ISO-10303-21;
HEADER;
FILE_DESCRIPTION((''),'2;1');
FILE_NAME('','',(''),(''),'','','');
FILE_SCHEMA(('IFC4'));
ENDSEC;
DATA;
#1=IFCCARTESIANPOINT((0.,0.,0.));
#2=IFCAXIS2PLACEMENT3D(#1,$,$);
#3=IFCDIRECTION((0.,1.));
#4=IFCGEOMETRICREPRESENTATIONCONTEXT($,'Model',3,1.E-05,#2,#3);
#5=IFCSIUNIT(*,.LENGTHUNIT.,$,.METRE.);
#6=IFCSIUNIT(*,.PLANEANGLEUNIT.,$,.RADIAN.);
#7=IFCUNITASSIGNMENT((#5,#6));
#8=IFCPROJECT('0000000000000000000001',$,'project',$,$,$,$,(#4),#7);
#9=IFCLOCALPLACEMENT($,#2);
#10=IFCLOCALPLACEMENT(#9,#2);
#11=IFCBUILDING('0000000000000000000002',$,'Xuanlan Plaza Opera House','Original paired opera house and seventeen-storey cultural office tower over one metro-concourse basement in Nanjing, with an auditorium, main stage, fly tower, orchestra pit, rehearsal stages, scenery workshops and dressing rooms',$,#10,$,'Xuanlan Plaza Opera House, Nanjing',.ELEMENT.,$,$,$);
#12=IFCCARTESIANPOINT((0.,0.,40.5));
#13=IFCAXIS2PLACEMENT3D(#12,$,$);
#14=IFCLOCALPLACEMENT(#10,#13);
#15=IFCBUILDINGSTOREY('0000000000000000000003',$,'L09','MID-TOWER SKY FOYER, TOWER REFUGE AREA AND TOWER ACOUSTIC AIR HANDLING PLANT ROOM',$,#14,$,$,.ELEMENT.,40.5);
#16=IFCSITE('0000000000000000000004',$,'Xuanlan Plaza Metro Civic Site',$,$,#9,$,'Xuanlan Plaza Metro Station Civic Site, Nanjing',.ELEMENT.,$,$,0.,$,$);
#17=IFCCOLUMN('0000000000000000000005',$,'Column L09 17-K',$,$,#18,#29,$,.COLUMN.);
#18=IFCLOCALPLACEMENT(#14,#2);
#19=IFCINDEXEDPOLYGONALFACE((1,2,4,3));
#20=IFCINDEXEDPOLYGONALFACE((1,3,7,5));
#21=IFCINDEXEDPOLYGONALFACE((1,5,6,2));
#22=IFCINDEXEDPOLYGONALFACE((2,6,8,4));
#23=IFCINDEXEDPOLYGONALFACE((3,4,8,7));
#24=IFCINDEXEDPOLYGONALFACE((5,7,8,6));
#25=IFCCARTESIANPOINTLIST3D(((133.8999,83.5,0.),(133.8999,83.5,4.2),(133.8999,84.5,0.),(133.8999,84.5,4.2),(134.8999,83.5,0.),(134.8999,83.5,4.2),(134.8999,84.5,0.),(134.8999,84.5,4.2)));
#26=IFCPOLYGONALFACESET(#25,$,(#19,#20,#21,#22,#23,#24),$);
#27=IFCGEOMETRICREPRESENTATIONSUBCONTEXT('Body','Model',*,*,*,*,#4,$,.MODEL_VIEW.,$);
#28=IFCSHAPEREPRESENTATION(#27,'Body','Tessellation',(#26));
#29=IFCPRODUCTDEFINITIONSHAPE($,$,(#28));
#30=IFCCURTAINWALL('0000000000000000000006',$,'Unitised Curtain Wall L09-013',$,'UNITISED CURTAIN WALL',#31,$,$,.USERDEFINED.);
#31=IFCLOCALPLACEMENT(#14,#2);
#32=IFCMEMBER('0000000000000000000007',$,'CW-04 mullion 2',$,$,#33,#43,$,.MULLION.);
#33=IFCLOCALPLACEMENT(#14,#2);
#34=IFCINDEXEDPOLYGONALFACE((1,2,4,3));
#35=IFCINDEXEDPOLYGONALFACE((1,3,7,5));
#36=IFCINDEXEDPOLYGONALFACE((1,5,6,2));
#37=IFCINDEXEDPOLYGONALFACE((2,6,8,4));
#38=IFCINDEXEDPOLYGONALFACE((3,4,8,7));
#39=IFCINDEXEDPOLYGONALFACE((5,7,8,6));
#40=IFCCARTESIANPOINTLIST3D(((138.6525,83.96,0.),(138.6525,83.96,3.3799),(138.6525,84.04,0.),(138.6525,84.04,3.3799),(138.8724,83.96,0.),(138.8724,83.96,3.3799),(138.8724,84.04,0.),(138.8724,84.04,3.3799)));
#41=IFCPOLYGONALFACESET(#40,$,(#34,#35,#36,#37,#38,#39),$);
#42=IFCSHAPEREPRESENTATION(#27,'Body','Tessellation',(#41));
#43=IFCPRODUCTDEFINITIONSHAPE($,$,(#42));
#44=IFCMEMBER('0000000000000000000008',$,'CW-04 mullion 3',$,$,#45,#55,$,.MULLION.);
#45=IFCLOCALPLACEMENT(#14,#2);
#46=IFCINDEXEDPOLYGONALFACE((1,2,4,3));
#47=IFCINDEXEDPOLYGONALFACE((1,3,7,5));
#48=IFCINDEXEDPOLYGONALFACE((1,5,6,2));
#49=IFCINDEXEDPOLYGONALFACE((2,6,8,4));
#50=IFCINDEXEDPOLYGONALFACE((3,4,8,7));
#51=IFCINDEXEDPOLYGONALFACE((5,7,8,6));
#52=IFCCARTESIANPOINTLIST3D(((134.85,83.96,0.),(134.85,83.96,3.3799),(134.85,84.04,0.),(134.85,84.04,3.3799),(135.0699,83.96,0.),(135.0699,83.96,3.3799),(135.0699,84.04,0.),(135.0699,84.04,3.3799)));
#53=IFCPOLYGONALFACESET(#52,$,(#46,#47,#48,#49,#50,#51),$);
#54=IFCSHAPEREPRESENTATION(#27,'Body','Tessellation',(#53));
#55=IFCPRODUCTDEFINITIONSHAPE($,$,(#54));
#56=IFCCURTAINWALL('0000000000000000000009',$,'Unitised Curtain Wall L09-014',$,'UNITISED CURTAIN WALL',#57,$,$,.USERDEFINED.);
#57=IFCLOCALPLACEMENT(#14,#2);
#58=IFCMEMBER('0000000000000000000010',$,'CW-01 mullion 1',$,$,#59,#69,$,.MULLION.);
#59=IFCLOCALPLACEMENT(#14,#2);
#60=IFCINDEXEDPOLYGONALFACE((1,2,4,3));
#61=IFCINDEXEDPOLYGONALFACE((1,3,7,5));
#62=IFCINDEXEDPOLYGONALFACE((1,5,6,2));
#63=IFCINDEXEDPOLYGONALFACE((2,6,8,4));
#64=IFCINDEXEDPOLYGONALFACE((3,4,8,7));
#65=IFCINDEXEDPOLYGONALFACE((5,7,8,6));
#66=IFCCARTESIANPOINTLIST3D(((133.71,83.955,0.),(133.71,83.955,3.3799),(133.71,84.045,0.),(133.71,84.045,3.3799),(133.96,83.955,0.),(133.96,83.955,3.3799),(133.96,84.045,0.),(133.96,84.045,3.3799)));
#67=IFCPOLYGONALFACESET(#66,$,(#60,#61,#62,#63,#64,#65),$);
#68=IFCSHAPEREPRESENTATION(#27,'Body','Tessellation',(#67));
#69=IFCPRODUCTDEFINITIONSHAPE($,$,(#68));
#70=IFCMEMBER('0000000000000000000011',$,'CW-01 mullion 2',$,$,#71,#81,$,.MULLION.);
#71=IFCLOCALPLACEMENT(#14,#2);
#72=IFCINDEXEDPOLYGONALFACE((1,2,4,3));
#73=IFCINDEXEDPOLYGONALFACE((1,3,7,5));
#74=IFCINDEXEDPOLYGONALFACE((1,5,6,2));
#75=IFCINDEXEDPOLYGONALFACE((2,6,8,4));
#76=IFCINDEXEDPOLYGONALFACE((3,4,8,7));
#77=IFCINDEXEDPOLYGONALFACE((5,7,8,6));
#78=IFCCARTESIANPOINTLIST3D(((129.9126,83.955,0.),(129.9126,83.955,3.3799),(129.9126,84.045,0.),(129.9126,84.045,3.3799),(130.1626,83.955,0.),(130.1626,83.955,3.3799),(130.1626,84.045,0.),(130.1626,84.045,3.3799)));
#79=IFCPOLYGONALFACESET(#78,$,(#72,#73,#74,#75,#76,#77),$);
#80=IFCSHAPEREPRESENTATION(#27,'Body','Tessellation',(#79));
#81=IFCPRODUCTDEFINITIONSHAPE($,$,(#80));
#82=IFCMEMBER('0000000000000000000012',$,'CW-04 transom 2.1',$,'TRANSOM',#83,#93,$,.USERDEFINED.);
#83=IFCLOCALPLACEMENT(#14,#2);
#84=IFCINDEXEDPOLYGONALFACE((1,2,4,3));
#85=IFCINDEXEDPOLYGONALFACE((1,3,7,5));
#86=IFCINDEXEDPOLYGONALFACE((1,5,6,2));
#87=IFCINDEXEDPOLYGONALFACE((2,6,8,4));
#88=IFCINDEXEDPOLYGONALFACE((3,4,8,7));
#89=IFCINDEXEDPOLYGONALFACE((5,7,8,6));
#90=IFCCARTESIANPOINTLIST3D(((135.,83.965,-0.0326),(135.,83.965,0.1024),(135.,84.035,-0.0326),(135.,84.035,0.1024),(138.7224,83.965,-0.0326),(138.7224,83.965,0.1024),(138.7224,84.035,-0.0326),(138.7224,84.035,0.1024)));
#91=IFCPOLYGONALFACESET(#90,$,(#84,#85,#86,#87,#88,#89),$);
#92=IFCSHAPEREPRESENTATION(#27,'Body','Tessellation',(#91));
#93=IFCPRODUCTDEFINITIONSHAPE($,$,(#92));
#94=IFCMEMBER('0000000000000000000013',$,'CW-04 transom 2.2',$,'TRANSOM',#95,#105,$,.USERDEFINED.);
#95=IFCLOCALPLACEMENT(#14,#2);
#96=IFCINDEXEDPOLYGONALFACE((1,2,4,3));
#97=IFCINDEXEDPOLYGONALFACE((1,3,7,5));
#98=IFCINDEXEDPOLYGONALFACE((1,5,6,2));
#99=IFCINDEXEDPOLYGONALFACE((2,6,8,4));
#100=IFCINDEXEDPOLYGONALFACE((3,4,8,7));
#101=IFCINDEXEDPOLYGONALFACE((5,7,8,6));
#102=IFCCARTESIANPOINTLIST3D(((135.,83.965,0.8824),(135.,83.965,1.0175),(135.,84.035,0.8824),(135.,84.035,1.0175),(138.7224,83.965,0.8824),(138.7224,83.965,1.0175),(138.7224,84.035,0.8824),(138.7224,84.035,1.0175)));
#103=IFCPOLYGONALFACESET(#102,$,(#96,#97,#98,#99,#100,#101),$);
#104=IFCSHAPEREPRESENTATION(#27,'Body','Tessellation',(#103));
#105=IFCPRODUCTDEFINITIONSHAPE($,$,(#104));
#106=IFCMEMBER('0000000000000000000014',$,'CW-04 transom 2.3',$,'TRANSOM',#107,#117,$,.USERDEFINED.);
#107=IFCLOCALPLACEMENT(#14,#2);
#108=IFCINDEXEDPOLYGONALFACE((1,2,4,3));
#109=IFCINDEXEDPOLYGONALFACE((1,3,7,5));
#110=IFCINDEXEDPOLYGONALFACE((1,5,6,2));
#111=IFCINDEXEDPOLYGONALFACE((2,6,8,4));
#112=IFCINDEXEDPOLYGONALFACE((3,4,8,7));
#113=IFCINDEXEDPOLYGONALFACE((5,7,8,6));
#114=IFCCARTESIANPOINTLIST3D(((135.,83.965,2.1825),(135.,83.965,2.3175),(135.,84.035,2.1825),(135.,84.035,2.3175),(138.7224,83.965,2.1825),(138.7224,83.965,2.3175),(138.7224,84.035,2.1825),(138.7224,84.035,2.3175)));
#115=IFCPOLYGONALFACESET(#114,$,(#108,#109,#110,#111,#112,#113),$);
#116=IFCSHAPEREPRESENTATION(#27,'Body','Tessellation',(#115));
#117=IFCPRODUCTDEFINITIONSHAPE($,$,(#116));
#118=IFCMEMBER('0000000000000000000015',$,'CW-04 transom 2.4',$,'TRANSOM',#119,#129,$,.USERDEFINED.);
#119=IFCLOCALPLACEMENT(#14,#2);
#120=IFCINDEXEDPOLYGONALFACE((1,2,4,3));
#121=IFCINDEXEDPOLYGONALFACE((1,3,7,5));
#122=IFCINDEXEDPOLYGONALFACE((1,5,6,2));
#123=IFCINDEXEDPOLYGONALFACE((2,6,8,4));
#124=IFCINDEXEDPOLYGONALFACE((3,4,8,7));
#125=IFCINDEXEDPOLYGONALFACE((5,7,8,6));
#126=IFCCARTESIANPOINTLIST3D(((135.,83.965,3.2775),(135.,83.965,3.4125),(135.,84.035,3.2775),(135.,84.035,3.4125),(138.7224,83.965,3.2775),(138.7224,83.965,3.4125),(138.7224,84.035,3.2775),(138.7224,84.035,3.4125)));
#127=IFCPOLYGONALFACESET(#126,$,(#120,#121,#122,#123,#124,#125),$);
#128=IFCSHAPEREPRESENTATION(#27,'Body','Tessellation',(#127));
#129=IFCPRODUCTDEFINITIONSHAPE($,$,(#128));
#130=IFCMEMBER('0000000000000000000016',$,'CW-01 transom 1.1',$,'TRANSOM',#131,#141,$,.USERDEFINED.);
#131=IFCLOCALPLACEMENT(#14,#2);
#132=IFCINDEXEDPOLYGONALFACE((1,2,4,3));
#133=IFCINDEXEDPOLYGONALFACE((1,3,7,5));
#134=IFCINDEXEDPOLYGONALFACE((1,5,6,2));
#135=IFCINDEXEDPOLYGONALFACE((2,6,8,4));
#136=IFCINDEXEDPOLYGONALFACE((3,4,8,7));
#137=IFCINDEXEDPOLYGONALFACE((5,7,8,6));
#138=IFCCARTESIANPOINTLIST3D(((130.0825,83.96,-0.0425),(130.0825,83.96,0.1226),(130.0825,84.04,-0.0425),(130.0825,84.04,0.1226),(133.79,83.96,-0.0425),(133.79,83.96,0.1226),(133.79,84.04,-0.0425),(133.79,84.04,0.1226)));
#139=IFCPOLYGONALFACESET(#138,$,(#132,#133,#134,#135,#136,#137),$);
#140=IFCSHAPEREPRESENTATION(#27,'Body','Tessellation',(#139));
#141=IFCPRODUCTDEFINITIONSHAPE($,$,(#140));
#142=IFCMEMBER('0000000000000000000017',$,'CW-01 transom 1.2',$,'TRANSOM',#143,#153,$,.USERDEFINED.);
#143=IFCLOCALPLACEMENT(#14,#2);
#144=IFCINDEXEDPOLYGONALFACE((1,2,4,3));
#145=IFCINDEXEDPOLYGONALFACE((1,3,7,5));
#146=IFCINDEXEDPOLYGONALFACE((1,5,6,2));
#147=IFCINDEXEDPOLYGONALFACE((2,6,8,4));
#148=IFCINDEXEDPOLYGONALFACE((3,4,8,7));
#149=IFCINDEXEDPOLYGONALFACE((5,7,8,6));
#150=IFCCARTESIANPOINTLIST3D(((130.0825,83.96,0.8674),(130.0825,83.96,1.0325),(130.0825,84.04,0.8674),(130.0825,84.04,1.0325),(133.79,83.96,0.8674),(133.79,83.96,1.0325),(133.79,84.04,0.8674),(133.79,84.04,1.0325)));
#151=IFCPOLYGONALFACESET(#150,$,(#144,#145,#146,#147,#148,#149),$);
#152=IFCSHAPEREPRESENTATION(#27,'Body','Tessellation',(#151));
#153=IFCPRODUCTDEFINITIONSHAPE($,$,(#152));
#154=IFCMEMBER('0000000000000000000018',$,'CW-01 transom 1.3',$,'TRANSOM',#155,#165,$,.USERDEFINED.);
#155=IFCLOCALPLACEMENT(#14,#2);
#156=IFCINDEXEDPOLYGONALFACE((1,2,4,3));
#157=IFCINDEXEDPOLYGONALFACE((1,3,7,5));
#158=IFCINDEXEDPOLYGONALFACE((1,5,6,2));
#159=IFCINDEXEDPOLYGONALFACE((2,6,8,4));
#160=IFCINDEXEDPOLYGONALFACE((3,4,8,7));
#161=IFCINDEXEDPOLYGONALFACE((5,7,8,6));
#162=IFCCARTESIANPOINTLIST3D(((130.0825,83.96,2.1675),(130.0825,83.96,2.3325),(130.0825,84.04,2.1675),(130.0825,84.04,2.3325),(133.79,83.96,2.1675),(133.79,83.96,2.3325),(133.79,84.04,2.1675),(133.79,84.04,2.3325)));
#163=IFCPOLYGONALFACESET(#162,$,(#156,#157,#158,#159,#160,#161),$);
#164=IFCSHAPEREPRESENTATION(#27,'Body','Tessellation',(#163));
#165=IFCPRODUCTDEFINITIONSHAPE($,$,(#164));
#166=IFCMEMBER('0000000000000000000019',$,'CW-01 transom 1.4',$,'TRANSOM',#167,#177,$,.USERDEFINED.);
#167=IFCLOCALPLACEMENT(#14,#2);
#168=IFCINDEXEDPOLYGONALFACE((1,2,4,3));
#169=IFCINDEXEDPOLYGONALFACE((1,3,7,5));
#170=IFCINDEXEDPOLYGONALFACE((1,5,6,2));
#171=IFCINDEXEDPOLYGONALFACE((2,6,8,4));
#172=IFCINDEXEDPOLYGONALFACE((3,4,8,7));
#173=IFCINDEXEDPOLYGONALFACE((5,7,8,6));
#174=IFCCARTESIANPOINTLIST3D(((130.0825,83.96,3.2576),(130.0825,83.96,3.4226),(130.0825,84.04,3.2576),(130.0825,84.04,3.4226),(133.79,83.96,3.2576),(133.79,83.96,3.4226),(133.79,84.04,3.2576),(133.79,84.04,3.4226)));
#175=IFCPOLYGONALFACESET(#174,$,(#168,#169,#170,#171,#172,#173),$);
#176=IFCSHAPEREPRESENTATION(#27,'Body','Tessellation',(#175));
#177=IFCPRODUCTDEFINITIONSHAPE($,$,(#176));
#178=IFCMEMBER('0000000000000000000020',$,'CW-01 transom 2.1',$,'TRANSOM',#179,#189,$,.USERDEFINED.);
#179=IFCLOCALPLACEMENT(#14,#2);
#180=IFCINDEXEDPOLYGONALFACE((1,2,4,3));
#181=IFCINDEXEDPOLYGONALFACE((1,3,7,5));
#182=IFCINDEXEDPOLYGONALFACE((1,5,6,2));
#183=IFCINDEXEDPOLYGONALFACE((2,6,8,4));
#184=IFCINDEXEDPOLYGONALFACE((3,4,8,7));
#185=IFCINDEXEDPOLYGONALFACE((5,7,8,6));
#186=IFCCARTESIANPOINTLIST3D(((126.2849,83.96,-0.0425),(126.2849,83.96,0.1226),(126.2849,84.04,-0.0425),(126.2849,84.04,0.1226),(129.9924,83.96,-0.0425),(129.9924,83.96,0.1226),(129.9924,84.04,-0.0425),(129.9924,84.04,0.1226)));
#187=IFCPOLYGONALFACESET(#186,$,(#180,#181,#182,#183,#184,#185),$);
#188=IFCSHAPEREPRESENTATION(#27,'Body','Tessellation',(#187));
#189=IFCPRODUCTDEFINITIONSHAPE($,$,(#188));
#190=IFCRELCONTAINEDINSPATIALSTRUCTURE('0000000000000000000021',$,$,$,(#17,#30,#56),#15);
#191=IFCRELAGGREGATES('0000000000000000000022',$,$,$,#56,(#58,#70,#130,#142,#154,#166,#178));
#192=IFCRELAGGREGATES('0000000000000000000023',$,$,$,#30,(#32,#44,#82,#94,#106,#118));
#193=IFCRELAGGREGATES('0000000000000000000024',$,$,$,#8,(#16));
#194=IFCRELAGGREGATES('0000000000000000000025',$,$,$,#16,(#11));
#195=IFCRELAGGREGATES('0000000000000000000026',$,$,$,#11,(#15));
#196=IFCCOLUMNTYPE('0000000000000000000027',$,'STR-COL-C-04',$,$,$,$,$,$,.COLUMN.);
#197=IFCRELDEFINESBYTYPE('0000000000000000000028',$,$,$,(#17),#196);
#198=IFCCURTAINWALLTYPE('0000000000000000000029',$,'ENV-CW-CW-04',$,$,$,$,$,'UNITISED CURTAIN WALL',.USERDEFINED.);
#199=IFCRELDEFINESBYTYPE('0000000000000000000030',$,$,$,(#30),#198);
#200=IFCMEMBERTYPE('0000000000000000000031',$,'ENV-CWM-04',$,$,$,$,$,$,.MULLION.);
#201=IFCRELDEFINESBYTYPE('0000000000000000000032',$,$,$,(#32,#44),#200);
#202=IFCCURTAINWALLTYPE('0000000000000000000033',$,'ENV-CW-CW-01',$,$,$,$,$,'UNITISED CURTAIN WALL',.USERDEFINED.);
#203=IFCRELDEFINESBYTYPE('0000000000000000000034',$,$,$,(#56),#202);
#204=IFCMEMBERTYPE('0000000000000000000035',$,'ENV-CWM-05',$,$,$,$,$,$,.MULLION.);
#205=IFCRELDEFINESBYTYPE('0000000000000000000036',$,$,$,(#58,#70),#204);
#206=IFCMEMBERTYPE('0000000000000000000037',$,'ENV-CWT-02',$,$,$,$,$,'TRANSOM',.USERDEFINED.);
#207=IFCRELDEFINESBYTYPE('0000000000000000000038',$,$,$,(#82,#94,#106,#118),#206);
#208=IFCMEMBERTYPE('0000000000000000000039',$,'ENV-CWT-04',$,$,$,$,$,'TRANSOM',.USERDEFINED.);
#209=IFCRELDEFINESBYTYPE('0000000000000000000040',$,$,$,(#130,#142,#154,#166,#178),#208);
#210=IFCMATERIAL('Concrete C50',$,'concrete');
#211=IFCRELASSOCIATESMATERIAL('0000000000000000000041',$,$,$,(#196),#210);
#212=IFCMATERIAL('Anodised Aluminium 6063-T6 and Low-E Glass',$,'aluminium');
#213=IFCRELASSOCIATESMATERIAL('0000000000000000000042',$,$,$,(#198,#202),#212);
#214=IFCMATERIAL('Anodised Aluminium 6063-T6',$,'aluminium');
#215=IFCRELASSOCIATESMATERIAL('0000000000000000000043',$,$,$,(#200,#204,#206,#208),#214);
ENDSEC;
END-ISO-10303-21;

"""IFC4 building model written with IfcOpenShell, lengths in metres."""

from ifc_helpers import new_model, si_unit, direction, frame, origin, origin_2d, place, context, subcontext, project, spatial, rectangle, extrude, material, material_profile, profile_set, type_object, element, aggregate, save


model = new_model("IFC4")

# Units and contexts
model_context = context("Model", 3, precision=1e-05, world=origin(), true_north=direction((0.0, 1.0)))
body_context = subcontext(model_context, "Body", "Model", "MODEL_VIEW")
ifc_project = project(units=[si_unit("LENGTHUNIT", "METRE"), si_unit("PLANEANGLEUNIT", "RADIAN")], contexts=[model_context])

# Site, building, storey
site_placement = place(None, origin())
site = spatial("IfcSite", under=ifc_project, at=site_placement, Name="Xuanlan Plaza Metro Civic Site", LongName="Xuanlan Plaza Metro Station Civic Site, Nanjing", CompositionType="ELEMENT", RefElevation=0.0)
building_placement = place(site_placement, origin())
building = spatial("IfcBuilding", under=site, at=building_placement, Name="Xuanlan Plaza Opera House", Description="Original paired opera house and seventeen-storey cultural office tower over one metro-concourse basement in Nanjing, with an auditorium, main stage, fly tower, orchestra pit, rehearsal stages, scenery workshops and dressing rooms", LongName="Xuanlan Plaza Opera House, Nanjing", CompositionType="ELEMENT")
storey_placement = place(building_placement, frame((0.0, 0.0, 40.5)))
storey = spatial("IfcBuildingStorey", under=building, at=storey_placement, Name="L09", Description="MID-TOWER SKY FOYER, TOWER REFUGE AREA AND TOWER ACOUSTIC AIR HANDLING PLANT ROOM", CompositionType="ELEMENT", Elevation=40.5)

# Column
ifc_material_1 = material(Name="Concrete C50", Category="concrete")
ifc_material_profile_1 = material_profile(ifc_material_1, rectangle(XDim=1.0, YDim=1.0, at=origin_2d()), Name="RC-COL 1000x1000")
ifc_profile_set_1 = profile_set([ifc_material_profile_1], Name="Concrete C50")
column_type = type_object("IfcColumnType", Name="STR-COL-C-04", PredefinedType="COLUMN", material=ifc_profile_set_1)
column_placement = place(storey_placement, frame((134.3999, 84.0, 0.0), z_axis=(0.0, 0.0, 1.0), x_axis=(1.0, 0.0, 0.0)))
element("IfcColumn", 1, at=column_placement, inside=storey, type_object=column_type, Name="Column L09 17-K", PredefinedType="COLUMN", context=body_context, shape_type="SweptSolid", body=[
    extrude(rectangle(XDim=1.0, YDim=1.0, at=origin_2d()), origin(), (0.0, 0.0, 1.0), 4.2),
])

# Curtain walls, members
ifc_material_2 = material(Name="Anodised Aluminium 6063-T6 and Low-E Glass", Category="aluminium")
curtain_wall_type_1 = type_object("IfcCurtainWallType", Name="ENV-CW-CW-04", ElementType="UNITISED CURTAIN WALL", PredefinedType="USERDEFINED", material=ifc_material_2)
curtain_wall_1_placement = place(storey_placement, origin())
curtain_wall_1 = element("IfcCurtainWall", 2, at=curtain_wall_1_placement, inside=storey, type_object=curtain_wall_type_1, Name="Unitised Curtain Wall L09-013", ObjectType="UNITISED CURTAIN WALL", PredefinedType="USERDEFINED")
ifc_material_3 = material(Name="Anodised Aluminium 6063-T6", Category="aluminium")
ifc_material_profile_2 = material_profile(ifc_material_3, rectangle(XDim=0.0801, YDim=0.22, at=origin_2d()), Name="ALU-M 80x220")
ifc_profile_set_2 = profile_set([ifc_material_profile_2], Name="Anodised Aluminium 6063-T6")
member_type_1 = type_object("IfcMemberType", Name="ENV-CWM-04", PredefinedType="MULLION", material=ifc_profile_set_2)
member_1_placement = place(storey_placement, frame((138.7625, 84.0, 0.0), z_axis=(0.0, 0.0, 1.0), x_axis=(0.0, -1.0, 0.0)))
member_1 = element("IfcMember", 3, at=member_1_placement, type_object=member_type_1, Name="CW-04 mullion 2", PredefinedType="MULLION", context=body_context, shape_type="SweptSolid", body=[
    extrude(rectangle(XDim=0.0801, YDim=0.22, at=origin_2d()), origin(), (0.0, 0.0, 1.0), 3.3799),
])
member_2_placement = place(storey_placement, frame((134.96, 84.0, 0.0), z_axis=(0.0, 0.0, 1.0), x_axis=(0.0, -1.0, 0.0)))
member_2 = element("IfcMember", 4, at=member_2_placement, type_object=member_type_1, Name="CW-04 mullion 3", PredefinedType="MULLION", context=body_context, shape_type="SweptSolid", body=[
    extrude(rectangle(XDim=0.0801, YDim=0.22, at=origin_2d()), origin(), (0.0, 0.0, 1.0), 3.3799),
])
curtain_wall_type_2 = type_object("IfcCurtainWallType", Name="ENV-CW-CW-01", ElementType="UNITISED CURTAIN WALL", PredefinedType="USERDEFINED", material=ifc_material_2)
curtain_wall_2_placement = place(storey_placement, origin())
curtain_wall_2 = element("IfcCurtainWall", 5, at=curtain_wall_2_placement, inside=storey, type_object=curtain_wall_type_2, Name="Unitised Curtain Wall L09-014", ObjectType="UNITISED CURTAIN WALL", PredefinedType="USERDEFINED")
ifc_material_profile_3 = material_profile(ifc_material_3, rectangle(XDim=0.0901, YDim=0.25, at=origin_2d()), Name="ALU-M 90x250")
ifc_profile_set_3 = profile_set([ifc_material_profile_3], Name="Anodised Aluminium 6063-T6")
member_type_2 = type_object("IfcMemberType", Name="ENV-CWM-05", PredefinedType="MULLION", material=ifc_profile_set_3)
member_3_placement = place(storey_placement, frame((133.835, 84.0, 0.0), z_axis=(0.0, 0.0, 1.0), x_axis=(0.0, -1.0, 0.0)))
member_3 = element("IfcMember", 6, at=member_3_placement, type_object=member_type_2, Name="CW-01 mullion 1", PredefinedType="MULLION", context=body_context, shape_type="SweptSolid", body=[
    extrude(rectangle(XDim=0.0901, YDim=0.25, at=origin_2d()), origin(), (0.0, 0.0, 1.0), 3.3799),
])
member_4_placement = place(storey_placement, frame((130.0376, 84.0, 0.0), z_axis=(0.0, 0.0, 1.0), x_axis=(0.0, -1.0, 0.0)))
member_4 = element("IfcMember", 7, at=member_4_placement, type_object=member_type_2, Name="CW-01 mullion 2", PredefinedType="MULLION", context=body_context, shape_type="SweptSolid", body=[
    extrude(rectangle(XDim=0.0901, YDim=0.25, at=origin_2d()), origin(), (0.0, 0.0, 1.0), 3.3799),
])

# Members
ifc_material_profile_4 = material_profile(ifc_material_3, rectangle(XDim=0.0701, YDim=0.135, at=origin_2d()), Name="ALU-T 70x135")
ifc_profile_set_4 = profile_set([ifc_material_profile_4], Name="Anodised Aluminium 6063-T6")
member_type_3 = type_object("IfcMemberType", Name="ENV-CWT-02", ElementType="TRANSOM", PredefinedType="USERDEFINED", material=ifc_profile_set_4)
member_5_placement = place(storey_placement, frame((138.7224, 84.0, 0.0349), z_axis=(-1.0, 0.0, 0.0), x_axis=(0.0, -1.0, 0.0)))
member_5 = element("IfcMember", 8, at=member_5_placement, type_object=member_type_3, Name="CW-04 transom 2.1", ObjectType="TRANSOM", PredefinedType="USERDEFINED", context=body_context, shape_type="SweptSolid", body=[
    extrude(rectangle(XDim=0.0701, YDim=0.135, at=origin_2d()), origin(), (0.0, 0.0, 1.0), 3.7224),
])
member_6_placement = place(storey_placement, frame((138.7224, 84.0, 0.95), z_axis=(-1.0, 0.0, 0.0), x_axis=(0.0, -1.0, 0.0)))
member_6 = element("IfcMember", 9, at=member_6_placement, type_object=member_type_3, Name="CW-04 transom 2.2", ObjectType="TRANSOM", PredefinedType="USERDEFINED", context=body_context, shape_type="SweptSolid", body=[
    extrude(rectangle(XDim=0.0701, YDim=0.135, at=origin_2d()), origin(), (0.0, 0.0, 1.0), 3.7224),
])
member_7_placement = place(storey_placement, frame((138.7224, 84.0, 2.25), z_axis=(-1.0, 0.0, 0.0), x_axis=(0.0, -1.0, 0.0)))
member_7 = element("IfcMember", 10, at=member_7_placement, type_object=member_type_3, Name="CW-04 transom 2.3", ObjectType="TRANSOM", PredefinedType="USERDEFINED", context=body_context, shape_type="SweptSolid", body=[
    extrude(rectangle(XDim=0.0701, YDim=0.135, at=origin_2d()), origin(), (0.0, 0.0, 1.0), 3.7224),
])
member_8_placement = place(storey_placement, frame((138.7224, 84.0, 3.345), z_axis=(-1.0, 0.0, 0.0), x_axis=(0.0, -1.0, 0.0)))
member_8 = element("IfcMember", 11, at=member_8_placement, type_object=member_type_3, Name="CW-04 transom 2.4", ObjectType="TRANSOM", PredefinedType="USERDEFINED", context=body_context, shape_type="SweptSolid", body=[
    extrude(rectangle(XDim=0.0701, YDim=0.135, at=origin_2d()), origin(), (0.0, 0.0, 1.0), 3.7224),
])
ifc_material_profile_5 = material_profile(ifc_material_3, rectangle(XDim=0.0801, YDim=0.165, at=origin_2d()), Name="ALU-T 80x165")
ifc_profile_set_5 = profile_set([ifc_material_profile_5], Name="Anodised Aluminium 6063-T6")
member_type_4 = type_object("IfcMemberType", Name="ENV-CWT-04", ElementType="TRANSOM", PredefinedType="USERDEFINED", material=ifc_profile_set_5)
member_9_placement = place(storey_placement, frame((133.79, 84.0, 0.04), z_axis=(-1.0, 0.0, 0.0), x_axis=(0.0, -1.0, 0.0)))
member_9 = element("IfcMember", 12, at=member_9_placement, type_object=member_type_4, Name="CW-01 transom 1.1", ObjectType="TRANSOM", PredefinedType="USERDEFINED", context=body_context, shape_type="SweptSolid", body=[
    extrude(rectangle(XDim=0.0801, YDim=0.165, at=origin_2d()), origin(), (0.0, 0.0, 1.0), 3.7075),
])
member_10_placement = place(storey_placement, frame((133.79, 84.0, 0.95), z_axis=(-1.0, 0.0, 0.0), x_axis=(0.0, -1.0, 0.0)))
member_10 = element("IfcMember", 13, at=member_10_placement, type_object=member_type_4, Name="CW-01 transom 1.2", ObjectType="TRANSOM", PredefinedType="USERDEFINED", context=body_context, shape_type="SweptSolid", body=[
    extrude(rectangle(XDim=0.0801, YDim=0.165, at=origin_2d()), origin(), (0.0, 0.0, 1.0), 3.7075),
])
member_11_placement = place(storey_placement, frame((133.79, 84.0, 2.25), z_axis=(-1.0, 0.0, 0.0), x_axis=(0.0, -1.0, 0.0)))
member_11 = element("IfcMember", 14, at=member_11_placement, type_object=member_type_4, Name="CW-01 transom 1.3", ObjectType="TRANSOM", PredefinedType="USERDEFINED", context=body_context, shape_type="SweptSolid", body=[
    extrude(rectangle(XDim=0.0801, YDim=0.165, at=origin_2d()), origin(), (0.0, 0.0, 1.0), 3.7075),
])
member_12_placement = place(storey_placement, frame((133.79, 84.0, 3.3401), z_axis=(-1.0, 0.0, 0.0), x_axis=(0.0, -1.0, 0.0)))
member_12 = element("IfcMember", 15, at=member_12_placement, type_object=member_type_4, Name="CW-01 transom 1.4", ObjectType="TRANSOM", PredefinedType="USERDEFINED", context=body_context, shape_type="SweptSolid", body=[
    extrude(rectangle(XDim=0.0801, YDim=0.165, at=origin_2d()), origin(), (0.0, 0.0, 1.0), 3.7075),
])
member_13_placement = place(storey_placement, frame((129.9924, 84.0, 0.04), z_axis=(-1.0, 0.0, 0.0), x_axis=(0.0, -1.0, 0.0)))
member_13 = element("IfcMember", 16, at=member_13_placement, type_object=member_type_4, Name="CW-01 transom 2.1", ObjectType="TRANSOM", PredefinedType="USERDEFINED", context=body_context, shape_type="SweptSolid", body=[
    extrude(rectangle(XDim=0.0801, YDim=0.165, at=origin_2d()), origin(), (0.0, 0.0, 1.0), 3.7075),
])

aggregate(curtain_wall_2, [member_3, member_4, member_9, member_10, member_11, member_12, member_13])
aggregate(curtain_wall_1, [member_1, member_2, member_5, member_6, member_7, member_8])

save(model, "model.ifc")
